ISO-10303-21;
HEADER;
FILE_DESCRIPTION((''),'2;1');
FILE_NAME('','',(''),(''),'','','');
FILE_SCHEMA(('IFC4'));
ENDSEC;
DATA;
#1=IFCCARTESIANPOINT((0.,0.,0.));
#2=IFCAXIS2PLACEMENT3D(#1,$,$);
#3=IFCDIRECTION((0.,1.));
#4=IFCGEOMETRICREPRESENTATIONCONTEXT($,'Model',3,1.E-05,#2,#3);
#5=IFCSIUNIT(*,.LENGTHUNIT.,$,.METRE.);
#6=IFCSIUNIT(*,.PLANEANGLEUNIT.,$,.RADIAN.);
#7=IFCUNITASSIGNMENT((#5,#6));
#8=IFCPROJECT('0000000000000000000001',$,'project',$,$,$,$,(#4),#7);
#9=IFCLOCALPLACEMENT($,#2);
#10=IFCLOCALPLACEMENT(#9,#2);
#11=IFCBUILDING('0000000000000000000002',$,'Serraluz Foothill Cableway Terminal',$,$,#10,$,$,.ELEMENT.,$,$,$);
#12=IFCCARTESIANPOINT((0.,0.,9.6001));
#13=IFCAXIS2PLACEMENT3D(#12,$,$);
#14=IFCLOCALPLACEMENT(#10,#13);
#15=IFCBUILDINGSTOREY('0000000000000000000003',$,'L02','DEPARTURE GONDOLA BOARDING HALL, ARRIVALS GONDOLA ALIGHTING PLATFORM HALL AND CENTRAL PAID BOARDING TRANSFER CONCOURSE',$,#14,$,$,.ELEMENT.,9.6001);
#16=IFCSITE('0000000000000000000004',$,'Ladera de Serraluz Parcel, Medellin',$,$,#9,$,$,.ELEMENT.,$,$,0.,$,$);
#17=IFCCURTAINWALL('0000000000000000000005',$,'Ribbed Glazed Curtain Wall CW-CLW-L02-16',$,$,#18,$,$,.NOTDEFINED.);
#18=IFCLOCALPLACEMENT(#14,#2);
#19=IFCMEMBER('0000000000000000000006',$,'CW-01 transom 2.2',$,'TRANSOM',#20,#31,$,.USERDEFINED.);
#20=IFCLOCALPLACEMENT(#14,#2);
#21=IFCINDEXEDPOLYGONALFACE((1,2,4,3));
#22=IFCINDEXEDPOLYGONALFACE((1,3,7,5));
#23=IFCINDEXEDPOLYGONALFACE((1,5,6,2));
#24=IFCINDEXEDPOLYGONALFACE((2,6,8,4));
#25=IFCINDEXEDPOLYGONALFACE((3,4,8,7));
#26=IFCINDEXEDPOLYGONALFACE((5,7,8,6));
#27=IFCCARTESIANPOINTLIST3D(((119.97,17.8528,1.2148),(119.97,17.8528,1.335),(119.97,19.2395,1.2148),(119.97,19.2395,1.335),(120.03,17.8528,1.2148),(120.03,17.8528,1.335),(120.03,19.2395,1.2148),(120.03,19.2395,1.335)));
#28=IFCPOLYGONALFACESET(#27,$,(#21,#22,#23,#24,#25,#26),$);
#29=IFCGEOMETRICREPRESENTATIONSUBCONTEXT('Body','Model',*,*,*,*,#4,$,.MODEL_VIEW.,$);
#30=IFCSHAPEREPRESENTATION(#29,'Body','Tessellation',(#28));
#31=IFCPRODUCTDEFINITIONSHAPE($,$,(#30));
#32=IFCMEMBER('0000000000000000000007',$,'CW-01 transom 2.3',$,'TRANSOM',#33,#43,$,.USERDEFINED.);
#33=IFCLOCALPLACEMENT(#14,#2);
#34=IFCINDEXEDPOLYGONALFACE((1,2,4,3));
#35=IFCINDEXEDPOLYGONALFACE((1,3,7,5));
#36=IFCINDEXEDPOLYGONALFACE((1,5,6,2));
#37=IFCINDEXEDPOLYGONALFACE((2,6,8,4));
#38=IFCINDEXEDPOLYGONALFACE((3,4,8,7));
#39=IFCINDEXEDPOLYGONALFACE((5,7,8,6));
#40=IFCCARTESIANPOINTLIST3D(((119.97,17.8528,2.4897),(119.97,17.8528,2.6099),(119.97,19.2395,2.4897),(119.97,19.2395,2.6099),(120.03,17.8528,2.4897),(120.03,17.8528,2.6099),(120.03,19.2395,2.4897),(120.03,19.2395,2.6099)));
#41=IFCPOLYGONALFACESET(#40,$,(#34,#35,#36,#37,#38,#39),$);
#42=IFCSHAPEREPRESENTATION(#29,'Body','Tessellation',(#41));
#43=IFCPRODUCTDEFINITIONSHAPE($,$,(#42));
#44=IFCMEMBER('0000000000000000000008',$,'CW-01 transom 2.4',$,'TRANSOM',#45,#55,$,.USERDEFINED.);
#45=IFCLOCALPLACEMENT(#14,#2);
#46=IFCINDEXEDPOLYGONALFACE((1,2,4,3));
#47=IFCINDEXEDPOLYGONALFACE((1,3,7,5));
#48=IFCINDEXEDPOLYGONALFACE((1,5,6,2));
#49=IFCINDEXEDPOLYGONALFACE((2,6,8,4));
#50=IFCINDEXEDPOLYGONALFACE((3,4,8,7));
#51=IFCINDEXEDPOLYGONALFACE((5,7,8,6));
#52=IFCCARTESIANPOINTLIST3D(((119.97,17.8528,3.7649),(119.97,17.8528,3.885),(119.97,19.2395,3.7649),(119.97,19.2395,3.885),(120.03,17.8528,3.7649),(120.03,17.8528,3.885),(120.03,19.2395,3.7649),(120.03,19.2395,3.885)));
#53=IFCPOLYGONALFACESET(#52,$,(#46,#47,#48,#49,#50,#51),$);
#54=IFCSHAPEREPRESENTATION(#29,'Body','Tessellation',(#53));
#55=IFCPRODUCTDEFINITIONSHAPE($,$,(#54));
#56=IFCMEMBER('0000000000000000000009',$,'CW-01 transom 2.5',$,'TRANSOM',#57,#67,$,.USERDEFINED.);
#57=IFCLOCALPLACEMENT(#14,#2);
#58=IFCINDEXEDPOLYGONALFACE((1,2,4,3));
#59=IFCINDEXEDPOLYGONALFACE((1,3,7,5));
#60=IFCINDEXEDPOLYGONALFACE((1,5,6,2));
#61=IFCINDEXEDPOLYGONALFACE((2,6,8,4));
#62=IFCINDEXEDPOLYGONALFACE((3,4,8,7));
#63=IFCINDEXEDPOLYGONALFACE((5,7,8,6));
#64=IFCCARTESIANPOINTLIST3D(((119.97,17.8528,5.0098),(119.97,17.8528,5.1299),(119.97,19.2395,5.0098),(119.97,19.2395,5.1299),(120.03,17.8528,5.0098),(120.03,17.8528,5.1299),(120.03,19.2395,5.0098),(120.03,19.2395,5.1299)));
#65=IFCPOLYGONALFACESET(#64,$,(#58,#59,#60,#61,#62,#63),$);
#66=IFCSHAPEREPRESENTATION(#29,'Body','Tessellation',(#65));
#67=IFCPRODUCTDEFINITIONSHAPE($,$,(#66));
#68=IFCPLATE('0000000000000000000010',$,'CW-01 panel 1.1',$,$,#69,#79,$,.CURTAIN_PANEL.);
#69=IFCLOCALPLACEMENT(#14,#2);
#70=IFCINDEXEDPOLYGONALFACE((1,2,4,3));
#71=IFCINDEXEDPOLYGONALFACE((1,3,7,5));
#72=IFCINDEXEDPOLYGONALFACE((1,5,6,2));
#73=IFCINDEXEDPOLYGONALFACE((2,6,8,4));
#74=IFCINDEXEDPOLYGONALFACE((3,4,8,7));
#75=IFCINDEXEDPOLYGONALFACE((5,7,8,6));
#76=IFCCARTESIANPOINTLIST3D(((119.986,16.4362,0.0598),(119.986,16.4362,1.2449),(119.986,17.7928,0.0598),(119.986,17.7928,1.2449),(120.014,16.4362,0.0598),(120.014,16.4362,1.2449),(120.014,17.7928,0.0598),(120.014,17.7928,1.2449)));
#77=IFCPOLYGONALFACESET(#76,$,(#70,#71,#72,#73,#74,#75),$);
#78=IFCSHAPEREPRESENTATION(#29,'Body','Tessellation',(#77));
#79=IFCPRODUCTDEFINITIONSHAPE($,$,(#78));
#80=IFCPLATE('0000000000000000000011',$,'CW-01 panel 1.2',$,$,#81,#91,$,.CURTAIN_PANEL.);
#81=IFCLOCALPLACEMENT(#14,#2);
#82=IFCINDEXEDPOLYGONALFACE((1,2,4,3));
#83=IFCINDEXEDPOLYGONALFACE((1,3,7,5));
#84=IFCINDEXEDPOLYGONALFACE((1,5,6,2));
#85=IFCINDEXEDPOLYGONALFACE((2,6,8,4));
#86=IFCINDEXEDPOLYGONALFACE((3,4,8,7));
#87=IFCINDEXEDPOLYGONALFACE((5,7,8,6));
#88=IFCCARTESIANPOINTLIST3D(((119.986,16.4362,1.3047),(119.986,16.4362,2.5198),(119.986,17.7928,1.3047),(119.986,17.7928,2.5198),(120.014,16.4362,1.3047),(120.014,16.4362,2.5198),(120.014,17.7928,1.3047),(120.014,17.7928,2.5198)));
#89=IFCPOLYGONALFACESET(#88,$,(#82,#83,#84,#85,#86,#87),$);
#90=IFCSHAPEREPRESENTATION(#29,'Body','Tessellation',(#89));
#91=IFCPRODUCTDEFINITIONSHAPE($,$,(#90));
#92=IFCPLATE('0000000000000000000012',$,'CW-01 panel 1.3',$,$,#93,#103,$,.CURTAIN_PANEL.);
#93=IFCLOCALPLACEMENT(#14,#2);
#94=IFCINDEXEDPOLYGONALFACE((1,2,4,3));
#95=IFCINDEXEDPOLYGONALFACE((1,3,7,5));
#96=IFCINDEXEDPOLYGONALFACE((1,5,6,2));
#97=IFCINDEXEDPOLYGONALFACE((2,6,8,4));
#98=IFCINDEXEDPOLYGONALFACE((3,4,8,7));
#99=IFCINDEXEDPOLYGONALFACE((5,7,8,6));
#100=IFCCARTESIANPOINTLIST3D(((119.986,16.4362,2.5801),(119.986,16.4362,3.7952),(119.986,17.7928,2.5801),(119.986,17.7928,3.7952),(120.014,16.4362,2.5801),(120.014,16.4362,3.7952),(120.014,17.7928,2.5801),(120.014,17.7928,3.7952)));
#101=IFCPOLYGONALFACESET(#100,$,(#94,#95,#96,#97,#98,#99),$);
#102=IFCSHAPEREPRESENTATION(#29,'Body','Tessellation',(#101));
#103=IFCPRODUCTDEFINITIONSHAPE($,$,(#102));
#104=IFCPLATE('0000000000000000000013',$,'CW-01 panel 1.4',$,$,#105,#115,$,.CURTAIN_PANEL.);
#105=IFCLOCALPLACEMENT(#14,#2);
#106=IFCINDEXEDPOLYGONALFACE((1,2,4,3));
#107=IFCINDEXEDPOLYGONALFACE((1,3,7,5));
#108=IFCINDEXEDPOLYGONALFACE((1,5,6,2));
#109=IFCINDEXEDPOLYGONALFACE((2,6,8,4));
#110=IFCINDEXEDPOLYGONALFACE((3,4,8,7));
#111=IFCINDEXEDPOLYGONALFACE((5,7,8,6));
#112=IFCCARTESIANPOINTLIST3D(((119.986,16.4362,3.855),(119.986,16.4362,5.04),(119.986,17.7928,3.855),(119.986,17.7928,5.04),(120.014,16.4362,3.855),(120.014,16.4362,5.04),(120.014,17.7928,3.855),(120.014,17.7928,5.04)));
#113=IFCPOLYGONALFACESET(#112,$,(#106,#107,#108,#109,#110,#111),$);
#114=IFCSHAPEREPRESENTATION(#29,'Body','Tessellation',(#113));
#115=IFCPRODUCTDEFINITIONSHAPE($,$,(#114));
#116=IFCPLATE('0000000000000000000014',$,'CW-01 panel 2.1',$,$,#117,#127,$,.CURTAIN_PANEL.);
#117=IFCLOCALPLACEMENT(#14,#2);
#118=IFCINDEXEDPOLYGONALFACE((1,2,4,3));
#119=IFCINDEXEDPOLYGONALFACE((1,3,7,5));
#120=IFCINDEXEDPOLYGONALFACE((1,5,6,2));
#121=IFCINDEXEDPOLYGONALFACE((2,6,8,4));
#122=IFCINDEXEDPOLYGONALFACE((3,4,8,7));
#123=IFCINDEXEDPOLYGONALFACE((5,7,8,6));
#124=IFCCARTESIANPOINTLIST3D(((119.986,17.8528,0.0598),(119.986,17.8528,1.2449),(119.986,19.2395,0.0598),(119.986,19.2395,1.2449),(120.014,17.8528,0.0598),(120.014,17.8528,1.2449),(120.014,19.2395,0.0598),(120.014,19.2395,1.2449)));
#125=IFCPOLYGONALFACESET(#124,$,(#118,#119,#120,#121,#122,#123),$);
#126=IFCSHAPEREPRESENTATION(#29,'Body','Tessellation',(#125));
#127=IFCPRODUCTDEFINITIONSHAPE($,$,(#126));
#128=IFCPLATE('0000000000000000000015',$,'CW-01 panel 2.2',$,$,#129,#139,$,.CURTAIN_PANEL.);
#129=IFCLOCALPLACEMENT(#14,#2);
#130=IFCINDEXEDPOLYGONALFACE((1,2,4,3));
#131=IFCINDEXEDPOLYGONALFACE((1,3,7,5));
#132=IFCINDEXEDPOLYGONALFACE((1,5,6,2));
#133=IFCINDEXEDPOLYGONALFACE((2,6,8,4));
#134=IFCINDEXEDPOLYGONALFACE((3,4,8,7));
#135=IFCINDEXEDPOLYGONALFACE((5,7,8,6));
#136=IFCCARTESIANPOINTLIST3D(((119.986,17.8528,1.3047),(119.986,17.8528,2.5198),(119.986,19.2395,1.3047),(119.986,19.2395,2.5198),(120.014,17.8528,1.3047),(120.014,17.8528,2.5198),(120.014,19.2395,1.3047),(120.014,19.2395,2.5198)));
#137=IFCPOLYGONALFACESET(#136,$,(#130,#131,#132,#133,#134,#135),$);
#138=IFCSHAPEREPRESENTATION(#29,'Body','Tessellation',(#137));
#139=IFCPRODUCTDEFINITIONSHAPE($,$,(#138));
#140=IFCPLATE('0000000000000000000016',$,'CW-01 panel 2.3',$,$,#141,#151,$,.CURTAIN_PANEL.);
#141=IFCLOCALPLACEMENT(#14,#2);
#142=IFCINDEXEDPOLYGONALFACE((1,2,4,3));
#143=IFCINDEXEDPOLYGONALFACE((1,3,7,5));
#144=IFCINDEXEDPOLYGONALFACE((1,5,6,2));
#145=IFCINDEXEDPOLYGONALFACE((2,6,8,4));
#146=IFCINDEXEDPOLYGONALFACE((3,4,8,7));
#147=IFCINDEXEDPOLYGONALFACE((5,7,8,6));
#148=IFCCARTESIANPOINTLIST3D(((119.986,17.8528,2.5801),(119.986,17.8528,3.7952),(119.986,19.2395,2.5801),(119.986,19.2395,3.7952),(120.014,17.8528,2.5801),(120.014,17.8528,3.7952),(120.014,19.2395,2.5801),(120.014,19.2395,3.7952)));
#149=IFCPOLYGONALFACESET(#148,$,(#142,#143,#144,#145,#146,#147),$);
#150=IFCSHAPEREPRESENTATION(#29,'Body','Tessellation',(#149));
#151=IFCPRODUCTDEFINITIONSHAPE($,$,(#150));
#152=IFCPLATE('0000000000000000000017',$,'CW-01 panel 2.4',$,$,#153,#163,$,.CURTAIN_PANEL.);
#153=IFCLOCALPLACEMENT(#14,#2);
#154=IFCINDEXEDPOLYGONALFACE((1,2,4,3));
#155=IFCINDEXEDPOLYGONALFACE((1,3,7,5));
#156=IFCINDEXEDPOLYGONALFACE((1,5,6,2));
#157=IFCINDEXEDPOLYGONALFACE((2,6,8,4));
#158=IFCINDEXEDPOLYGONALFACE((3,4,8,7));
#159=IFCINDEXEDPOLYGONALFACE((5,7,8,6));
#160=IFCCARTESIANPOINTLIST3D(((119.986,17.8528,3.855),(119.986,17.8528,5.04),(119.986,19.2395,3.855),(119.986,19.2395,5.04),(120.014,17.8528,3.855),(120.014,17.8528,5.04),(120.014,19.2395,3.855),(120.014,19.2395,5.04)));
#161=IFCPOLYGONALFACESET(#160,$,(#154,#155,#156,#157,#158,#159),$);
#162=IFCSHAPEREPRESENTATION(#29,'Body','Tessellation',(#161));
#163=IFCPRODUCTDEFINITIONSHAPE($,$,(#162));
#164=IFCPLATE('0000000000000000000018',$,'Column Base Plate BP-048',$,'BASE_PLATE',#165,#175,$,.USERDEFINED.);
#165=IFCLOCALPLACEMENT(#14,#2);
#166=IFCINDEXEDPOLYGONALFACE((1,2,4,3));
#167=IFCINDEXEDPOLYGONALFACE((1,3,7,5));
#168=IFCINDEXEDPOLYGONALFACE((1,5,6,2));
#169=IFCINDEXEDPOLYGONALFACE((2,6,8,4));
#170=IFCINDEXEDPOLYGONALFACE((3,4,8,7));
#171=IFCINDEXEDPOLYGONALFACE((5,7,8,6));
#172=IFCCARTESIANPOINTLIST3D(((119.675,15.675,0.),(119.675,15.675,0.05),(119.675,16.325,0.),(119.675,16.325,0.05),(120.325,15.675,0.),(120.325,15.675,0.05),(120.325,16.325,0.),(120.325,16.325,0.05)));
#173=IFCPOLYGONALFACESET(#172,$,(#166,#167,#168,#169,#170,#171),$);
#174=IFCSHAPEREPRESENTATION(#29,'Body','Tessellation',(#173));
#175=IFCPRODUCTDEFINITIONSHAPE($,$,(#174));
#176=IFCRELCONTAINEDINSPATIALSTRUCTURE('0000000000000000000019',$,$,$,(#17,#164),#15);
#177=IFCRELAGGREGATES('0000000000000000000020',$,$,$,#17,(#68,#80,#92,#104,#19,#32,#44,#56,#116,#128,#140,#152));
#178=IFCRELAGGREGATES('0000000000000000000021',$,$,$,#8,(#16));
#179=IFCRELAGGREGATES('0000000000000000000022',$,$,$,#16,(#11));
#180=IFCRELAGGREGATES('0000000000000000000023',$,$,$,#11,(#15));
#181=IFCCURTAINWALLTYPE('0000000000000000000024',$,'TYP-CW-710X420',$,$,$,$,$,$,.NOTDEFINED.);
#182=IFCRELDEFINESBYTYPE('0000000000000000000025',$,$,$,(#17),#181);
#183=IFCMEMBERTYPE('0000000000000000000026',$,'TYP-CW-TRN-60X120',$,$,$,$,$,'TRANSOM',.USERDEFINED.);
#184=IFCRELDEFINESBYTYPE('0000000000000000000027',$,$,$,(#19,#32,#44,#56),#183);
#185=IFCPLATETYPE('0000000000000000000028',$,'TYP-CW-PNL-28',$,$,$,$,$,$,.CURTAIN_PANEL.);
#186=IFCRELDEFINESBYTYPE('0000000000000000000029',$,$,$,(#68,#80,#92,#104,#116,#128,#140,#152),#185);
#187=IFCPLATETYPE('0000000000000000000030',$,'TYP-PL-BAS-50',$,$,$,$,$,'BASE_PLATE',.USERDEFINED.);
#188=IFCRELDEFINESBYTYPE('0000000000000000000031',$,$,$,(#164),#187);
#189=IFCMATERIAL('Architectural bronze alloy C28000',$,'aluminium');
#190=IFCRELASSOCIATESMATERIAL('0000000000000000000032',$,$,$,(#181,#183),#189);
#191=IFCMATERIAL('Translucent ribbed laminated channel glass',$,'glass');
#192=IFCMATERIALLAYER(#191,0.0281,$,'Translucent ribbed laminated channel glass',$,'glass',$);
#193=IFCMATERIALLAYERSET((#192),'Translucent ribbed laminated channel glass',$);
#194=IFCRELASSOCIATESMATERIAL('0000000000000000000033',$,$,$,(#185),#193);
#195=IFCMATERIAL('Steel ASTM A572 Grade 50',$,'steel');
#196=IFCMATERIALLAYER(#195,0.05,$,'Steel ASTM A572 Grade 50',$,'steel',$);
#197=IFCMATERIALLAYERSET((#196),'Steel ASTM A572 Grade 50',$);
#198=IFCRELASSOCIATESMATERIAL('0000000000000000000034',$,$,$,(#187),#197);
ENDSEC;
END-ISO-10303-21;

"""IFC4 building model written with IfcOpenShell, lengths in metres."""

from ifc_helpers import new_model, si_unit, direction, frame, origin, origin_2d, place, context, subcontext, project, spatial, rectangle, extrude, material, layer, layer_set, material_profile, profile_set, type_object, element, aggregate, save


model = new_model("IFC4")

# Units and contexts
model_context = context("Model", 3, precision=1e-05, world=origin(), true_north=direction((0.0, 1.0)))
body_context = subcontext(model_context, "Body", "Model", "MODEL_VIEW")
ifc_project = project(units=[si_unit("LENGTHUNIT", "METRE"), si_unit("PLANEANGLEUNIT", "RADIAN")], contexts=[model_context])

# Site, building, storey
site_placement = place(None, origin())
site = spatial("IfcSite", under=ifc_project, at=site_placement, Name="Ladera de Serraluz Parcel, Medellin", CompositionType="ELEMENT", RefElevation=0.0)
building_placement = place(site_placement, origin())
building = spatial("IfcBuilding", under=site, at=building_placement, Name="Serraluz Foothill Cableway Terminal", CompositionType="ELEMENT")
storey_placement = place(building_placement, frame((0.0, 0.0, 9.6001)))
storey = spatial("IfcBuildingStorey", under=building, at=storey_placement, Name="L02", Description="DEPARTURE GONDOLA BOARDING HALL, ARRIVALS GONDOLA ALIGHTING PLATFORM HALL AND CENTRAL PAID BOARDING TRANSFER CONCOURSE", CompositionType="ELEMENT", Elevation=9.6001)

# Curtain wall, members, plates
ifc_material_1 = material(Name="Architectural bronze alloy C28000", Category="aluminium")
curtain_wall_type = type_object("IfcCurtainWallType", Name="TYP-CW-710X420", PredefinedType="NOTDEFINED", material=ifc_material_1)
curtain_wall_placement = place(storey_placement, origin())
curtain_wall = element("IfcCurtainWall", 1, at=curtain_wall_placement, inside=storey, type_object=curtain_wall_type, Name="Ribbed Glazed Curtain Wall CW-CLW-L02-16", PredefinedType="NOTDEFINED")
ifc_material_profile_1 = material_profile(ifc_material_1, rectangle(XDim=0.0601, YDim=0.1201, at=origin_2d()), Name="ALU TRANSOM 60x120")
ifc_profile_set_1 = profile_set([ifc_material_profile_1], Name="Architectural bronze alloy C28000")
member_type_1 = type_object("IfcMemberType", Name="TYP-CW-TRN-60X120", ElementType="TRANSOM", PredefinedType="USERDEFINED", material=ifc_profile_set_1)
member_1_placement = place(storey_placement, frame((120.0, 17.8528, 1.2749), z_axis=(0.0, 1.0, 0.0), x_axis=(-1.0, 0.0, 0.0)))
member_1 = element("IfcMember", 2, at=member_1_placement, type_object=member_type_1, Name="CW-01 transom 2.2", ObjectType="TRANSOM", PredefinedType="USERDEFINED", context=body_context, shape_type="SweptSolid", body=[
    extrude(rectangle(XDim=0.0601, YDim=0.1201, at=origin_2d()), origin(), (0.0, 0.0, 1.0), 1.3867),
])
member_2_placement = place(storey_placement, frame((120.0, 17.8528, 2.5498), z_axis=(0.0, 1.0, 0.0), x_axis=(-1.0, 0.0, 0.0)))
member_2 = element("IfcMember", 3, at=member_2_placement, type_object=member_type_1, Name="CW-01 transom 2.3", ObjectType="TRANSOM", PredefinedType="USERDEFINED", context=body_context, shape_type="SweptSolid", body=[
    extrude(rectangle(XDim=0.0601, YDim=0.1201, at=origin_2d()), origin(), (0.0, 0.0, 1.0), 1.3867),
])
member_3_placement = place(storey_placement, frame((120.0, 17.8528, 3.825), z_axis=(0.0, 1.0, 0.0), x_axis=(-1.0, 0.0, 0.0)))
member_3 = element("IfcMember", 4, at=member_3_placement, type_object=member_type_1, Name="CW-01 transom 2.4", ObjectType="TRANSOM", PredefinedType="USERDEFINED", context=body_context, shape_type="SweptSolid", body=[
    extrude(rectangle(XDim=0.0601, YDim=0.1201, at=origin_2d()), origin(), (0.0, 0.0, 1.0), 1.3867),
])
member_4_placement = place(storey_placement, frame((120.0, 17.8528, 5.0698), z_axis=(0.0, 1.0, 0.0), x_axis=(-1.0, 0.0, 0.0)))
member_4 = element("IfcMember", 5, at=member_4_placement, type_object=member_type_1, Name="CW-01 transom 2.5", ObjectType="TRANSOM", PredefinedType="USERDEFINED", context=body_context, shape_type="SweptSolid", body=[
    extrude(rectangle(XDim=0.0601, YDim=0.1201, at=origin_2d()), origin(), (0.0, 0.0, 1.0), 1.3867),
])
ifc_material_2 = material(Name="Translucent ribbed laminated channel glass", Category="glass")
ifc_layer_1 = layer(ifc_material_2, 0.0281, Name="Translucent ribbed laminated channel glass", Category="glass")
ifc_layer_set_1 = layer_set([ifc_layer_1], Name="Translucent ribbed laminated channel glass")
plate_type_1 = type_object("IfcPlateType", Name="TYP-CW-PNL-28", PredefinedType="CURTAIN_PANEL", material=ifc_layer_set_1)
plate_1_placement = place(storey_placement, frame((120.0, 17.1145, 0.0598), z_axis=(0.0, 0.0, 1.0), x_axis=(0.0, 1.0, 0.0)))
plate_1 = element("IfcPlate", 6, at=plate_1_placement, type_object=plate_type_1, Name="CW-01 panel 1.1", PredefinedType="CURTAIN_PANEL", context=body_context, shape_type="SweptSolid", body=[
    extrude(rectangle(XDim=1.3567, YDim=0.0281, at=origin_2d()), origin(), (0.0, 0.0, 1.0), 1.1851),
])
plate_2_placement = place(storey_placement, frame((120.0, 17.1145, 1.3047), z_axis=(0.0, 0.0, 1.0), x_axis=(0.0, 1.0, 0.0)))
plate_2 = element("IfcPlate", 7, at=plate_2_placement, type_object=plate_type_1, Name="CW-01 panel 1.2", PredefinedType="CURTAIN_PANEL", context=body_context, shape_type="SweptSolid", body=[
    extrude(rectangle(XDim=1.3567, YDim=0.0281, at=origin_2d()), origin(), (0.0, 0.0, 1.0), 1.2151),
])
plate_3_placement = place(storey_placement, frame((120.0, 17.1145, 2.5801), z_axis=(0.0, 0.0, 1.0), x_axis=(0.0, 1.0, 0.0)))
plate_3 = element("IfcPlate", 8, at=plate_3_placement, type_object=plate_type_1, Name="CW-01 panel 1.3", PredefinedType="CURTAIN_PANEL", context=body_context, shape_type="SweptSolid", body=[
    extrude(rectangle(XDim=1.3567, YDim=0.0281, at=origin_2d()), origin(), (0.0, 0.0, 1.0), 1.2151),
])
plate_4_placement = place(storey_placement, frame((120.0, 17.1145, 3.855), z_axis=(0.0, 0.0, 1.0), x_axis=(0.0, 1.0, 0.0)))
plate_4 = element("IfcPlate", 9, at=plate_4_placement, type_object=plate_type_1, Name="CW-01 panel 1.4", PredefinedType="CURTAIN_PANEL", context=body_context, shape_type="SweptSolid", body=[
    extrude(rectangle(XDim=1.3567, YDim=0.0281, at=origin_2d()), origin(), (0.0, 0.0, 1.0), 1.1851),
])
plate_5_placement = place(storey_placement, frame((120.0, 18.5461, 0.0598), z_axis=(0.0, 0.0, 1.0), x_axis=(0.0, 1.0, 0.0)))
plate_5 = element("IfcPlate", 10, at=plate_5_placement, type_object=plate_type_1, Name="CW-01 panel 2.1", PredefinedType="CURTAIN_PANEL", context=body_context, shape_type="SweptSolid", body=[
    extrude(rectangle(XDim=1.3867, YDim=0.0281, at=origin_2d()), origin(), (0.0, 0.0, 1.0), 1.1851),
])
plate_6_placement = place(storey_placement, frame((120.0, 18.5461, 1.3047), z_axis=(0.0, 0.0, 1.0), x_axis=(0.0, 1.0, 0.0)))
plate_6 = element("IfcPlate", 11, at=plate_6_placement, type_object=plate_type_1, Name="CW-01 panel 2.2", PredefinedType="CURTAIN_PANEL", context=body_context, shape_type="SweptSolid", body=[
    extrude(rectangle(XDim=1.3867, YDim=0.0281, at=origin_2d()), origin(), (0.0, 0.0, 1.0), 1.2151),
])
plate_7_placement = place(storey_placement, frame((120.0, 18.5461, 2.5801), z_axis=(0.0, 0.0, 1.0), x_axis=(0.0, 1.0, 0.0)))
plate_7 = element("IfcPlate", 12, at=plate_7_placement, type_object=plate_type_1, Name="CW-01 panel 2.3", PredefinedType="CURTAIN_PANEL", context=body_context, shape_type="SweptSolid", body=[
    extrude(rectangle(XDim=1.3867, YDim=0.0281, at=origin_2d()), origin(), (0.0, 0.0, 1.0), 1.2151),
])
plate_8_placement = place(storey_placement, frame((120.0, 18.5461, 3.855), z_axis=(0.0, 0.0, 1.0), x_axis=(0.0, 1.0, 0.0)))
plate_8 = element("IfcPlate", 13, at=plate_8_placement, type_object=plate_type_1, Name="CW-01 panel 2.4", PredefinedType="CURTAIN_PANEL", context=body_context, shape_type="SweptSolid", body=[
    extrude(rectangle(XDim=1.3867, YDim=0.0281, at=origin_2d()), origin(), (0.0, 0.0, 1.0), 1.1851),
])
aggregate(curtain_wall, [plate_1, plate_2, plate_3, plate_4, member_1, member_2, member_3, member_4, plate_5, plate_6, plate_7, plate_8])

# Plate
ifc_material_3 = material(Name="Steel ASTM A572 Grade 50", Category="steel")
ifc_layer_2 = layer(ifc_material_3, 0.05, Name="Steel ASTM A572 Grade 50", Category="steel")
ifc_layer_set_2 = layer_set([ifc_layer_2], Name="Steel ASTM A572 Grade 50")
plate_type_2 = type_object("IfcPlateType", Name="TYP-PL-BAS-50", ElementType="BASE_PLATE", PredefinedType="USERDEFINED", material=ifc_layer_set_2)
plate_9_placement = place(storey_placement, frame((120.0, 16.0, 0.0), z_axis=(0.0, 0.0, 1.0), x_axis=(1.0, 0.0, 0.0)))
element("IfcPlate", 14, at=plate_9_placement, inside=storey, type_object=plate_type_2, Name="Column Base Plate BP-048", ObjectType="BASE_PLATE", PredefinedType="USERDEFINED", context=body_context, shape_type="SweptSolid", body=[
    extrude(rectangle(XDim=0.6499, YDim=0.6499, at=origin_2d()), origin(), (0.0, 0.0, 1.0), 0.05),
])

save(model, "model.ifc")
